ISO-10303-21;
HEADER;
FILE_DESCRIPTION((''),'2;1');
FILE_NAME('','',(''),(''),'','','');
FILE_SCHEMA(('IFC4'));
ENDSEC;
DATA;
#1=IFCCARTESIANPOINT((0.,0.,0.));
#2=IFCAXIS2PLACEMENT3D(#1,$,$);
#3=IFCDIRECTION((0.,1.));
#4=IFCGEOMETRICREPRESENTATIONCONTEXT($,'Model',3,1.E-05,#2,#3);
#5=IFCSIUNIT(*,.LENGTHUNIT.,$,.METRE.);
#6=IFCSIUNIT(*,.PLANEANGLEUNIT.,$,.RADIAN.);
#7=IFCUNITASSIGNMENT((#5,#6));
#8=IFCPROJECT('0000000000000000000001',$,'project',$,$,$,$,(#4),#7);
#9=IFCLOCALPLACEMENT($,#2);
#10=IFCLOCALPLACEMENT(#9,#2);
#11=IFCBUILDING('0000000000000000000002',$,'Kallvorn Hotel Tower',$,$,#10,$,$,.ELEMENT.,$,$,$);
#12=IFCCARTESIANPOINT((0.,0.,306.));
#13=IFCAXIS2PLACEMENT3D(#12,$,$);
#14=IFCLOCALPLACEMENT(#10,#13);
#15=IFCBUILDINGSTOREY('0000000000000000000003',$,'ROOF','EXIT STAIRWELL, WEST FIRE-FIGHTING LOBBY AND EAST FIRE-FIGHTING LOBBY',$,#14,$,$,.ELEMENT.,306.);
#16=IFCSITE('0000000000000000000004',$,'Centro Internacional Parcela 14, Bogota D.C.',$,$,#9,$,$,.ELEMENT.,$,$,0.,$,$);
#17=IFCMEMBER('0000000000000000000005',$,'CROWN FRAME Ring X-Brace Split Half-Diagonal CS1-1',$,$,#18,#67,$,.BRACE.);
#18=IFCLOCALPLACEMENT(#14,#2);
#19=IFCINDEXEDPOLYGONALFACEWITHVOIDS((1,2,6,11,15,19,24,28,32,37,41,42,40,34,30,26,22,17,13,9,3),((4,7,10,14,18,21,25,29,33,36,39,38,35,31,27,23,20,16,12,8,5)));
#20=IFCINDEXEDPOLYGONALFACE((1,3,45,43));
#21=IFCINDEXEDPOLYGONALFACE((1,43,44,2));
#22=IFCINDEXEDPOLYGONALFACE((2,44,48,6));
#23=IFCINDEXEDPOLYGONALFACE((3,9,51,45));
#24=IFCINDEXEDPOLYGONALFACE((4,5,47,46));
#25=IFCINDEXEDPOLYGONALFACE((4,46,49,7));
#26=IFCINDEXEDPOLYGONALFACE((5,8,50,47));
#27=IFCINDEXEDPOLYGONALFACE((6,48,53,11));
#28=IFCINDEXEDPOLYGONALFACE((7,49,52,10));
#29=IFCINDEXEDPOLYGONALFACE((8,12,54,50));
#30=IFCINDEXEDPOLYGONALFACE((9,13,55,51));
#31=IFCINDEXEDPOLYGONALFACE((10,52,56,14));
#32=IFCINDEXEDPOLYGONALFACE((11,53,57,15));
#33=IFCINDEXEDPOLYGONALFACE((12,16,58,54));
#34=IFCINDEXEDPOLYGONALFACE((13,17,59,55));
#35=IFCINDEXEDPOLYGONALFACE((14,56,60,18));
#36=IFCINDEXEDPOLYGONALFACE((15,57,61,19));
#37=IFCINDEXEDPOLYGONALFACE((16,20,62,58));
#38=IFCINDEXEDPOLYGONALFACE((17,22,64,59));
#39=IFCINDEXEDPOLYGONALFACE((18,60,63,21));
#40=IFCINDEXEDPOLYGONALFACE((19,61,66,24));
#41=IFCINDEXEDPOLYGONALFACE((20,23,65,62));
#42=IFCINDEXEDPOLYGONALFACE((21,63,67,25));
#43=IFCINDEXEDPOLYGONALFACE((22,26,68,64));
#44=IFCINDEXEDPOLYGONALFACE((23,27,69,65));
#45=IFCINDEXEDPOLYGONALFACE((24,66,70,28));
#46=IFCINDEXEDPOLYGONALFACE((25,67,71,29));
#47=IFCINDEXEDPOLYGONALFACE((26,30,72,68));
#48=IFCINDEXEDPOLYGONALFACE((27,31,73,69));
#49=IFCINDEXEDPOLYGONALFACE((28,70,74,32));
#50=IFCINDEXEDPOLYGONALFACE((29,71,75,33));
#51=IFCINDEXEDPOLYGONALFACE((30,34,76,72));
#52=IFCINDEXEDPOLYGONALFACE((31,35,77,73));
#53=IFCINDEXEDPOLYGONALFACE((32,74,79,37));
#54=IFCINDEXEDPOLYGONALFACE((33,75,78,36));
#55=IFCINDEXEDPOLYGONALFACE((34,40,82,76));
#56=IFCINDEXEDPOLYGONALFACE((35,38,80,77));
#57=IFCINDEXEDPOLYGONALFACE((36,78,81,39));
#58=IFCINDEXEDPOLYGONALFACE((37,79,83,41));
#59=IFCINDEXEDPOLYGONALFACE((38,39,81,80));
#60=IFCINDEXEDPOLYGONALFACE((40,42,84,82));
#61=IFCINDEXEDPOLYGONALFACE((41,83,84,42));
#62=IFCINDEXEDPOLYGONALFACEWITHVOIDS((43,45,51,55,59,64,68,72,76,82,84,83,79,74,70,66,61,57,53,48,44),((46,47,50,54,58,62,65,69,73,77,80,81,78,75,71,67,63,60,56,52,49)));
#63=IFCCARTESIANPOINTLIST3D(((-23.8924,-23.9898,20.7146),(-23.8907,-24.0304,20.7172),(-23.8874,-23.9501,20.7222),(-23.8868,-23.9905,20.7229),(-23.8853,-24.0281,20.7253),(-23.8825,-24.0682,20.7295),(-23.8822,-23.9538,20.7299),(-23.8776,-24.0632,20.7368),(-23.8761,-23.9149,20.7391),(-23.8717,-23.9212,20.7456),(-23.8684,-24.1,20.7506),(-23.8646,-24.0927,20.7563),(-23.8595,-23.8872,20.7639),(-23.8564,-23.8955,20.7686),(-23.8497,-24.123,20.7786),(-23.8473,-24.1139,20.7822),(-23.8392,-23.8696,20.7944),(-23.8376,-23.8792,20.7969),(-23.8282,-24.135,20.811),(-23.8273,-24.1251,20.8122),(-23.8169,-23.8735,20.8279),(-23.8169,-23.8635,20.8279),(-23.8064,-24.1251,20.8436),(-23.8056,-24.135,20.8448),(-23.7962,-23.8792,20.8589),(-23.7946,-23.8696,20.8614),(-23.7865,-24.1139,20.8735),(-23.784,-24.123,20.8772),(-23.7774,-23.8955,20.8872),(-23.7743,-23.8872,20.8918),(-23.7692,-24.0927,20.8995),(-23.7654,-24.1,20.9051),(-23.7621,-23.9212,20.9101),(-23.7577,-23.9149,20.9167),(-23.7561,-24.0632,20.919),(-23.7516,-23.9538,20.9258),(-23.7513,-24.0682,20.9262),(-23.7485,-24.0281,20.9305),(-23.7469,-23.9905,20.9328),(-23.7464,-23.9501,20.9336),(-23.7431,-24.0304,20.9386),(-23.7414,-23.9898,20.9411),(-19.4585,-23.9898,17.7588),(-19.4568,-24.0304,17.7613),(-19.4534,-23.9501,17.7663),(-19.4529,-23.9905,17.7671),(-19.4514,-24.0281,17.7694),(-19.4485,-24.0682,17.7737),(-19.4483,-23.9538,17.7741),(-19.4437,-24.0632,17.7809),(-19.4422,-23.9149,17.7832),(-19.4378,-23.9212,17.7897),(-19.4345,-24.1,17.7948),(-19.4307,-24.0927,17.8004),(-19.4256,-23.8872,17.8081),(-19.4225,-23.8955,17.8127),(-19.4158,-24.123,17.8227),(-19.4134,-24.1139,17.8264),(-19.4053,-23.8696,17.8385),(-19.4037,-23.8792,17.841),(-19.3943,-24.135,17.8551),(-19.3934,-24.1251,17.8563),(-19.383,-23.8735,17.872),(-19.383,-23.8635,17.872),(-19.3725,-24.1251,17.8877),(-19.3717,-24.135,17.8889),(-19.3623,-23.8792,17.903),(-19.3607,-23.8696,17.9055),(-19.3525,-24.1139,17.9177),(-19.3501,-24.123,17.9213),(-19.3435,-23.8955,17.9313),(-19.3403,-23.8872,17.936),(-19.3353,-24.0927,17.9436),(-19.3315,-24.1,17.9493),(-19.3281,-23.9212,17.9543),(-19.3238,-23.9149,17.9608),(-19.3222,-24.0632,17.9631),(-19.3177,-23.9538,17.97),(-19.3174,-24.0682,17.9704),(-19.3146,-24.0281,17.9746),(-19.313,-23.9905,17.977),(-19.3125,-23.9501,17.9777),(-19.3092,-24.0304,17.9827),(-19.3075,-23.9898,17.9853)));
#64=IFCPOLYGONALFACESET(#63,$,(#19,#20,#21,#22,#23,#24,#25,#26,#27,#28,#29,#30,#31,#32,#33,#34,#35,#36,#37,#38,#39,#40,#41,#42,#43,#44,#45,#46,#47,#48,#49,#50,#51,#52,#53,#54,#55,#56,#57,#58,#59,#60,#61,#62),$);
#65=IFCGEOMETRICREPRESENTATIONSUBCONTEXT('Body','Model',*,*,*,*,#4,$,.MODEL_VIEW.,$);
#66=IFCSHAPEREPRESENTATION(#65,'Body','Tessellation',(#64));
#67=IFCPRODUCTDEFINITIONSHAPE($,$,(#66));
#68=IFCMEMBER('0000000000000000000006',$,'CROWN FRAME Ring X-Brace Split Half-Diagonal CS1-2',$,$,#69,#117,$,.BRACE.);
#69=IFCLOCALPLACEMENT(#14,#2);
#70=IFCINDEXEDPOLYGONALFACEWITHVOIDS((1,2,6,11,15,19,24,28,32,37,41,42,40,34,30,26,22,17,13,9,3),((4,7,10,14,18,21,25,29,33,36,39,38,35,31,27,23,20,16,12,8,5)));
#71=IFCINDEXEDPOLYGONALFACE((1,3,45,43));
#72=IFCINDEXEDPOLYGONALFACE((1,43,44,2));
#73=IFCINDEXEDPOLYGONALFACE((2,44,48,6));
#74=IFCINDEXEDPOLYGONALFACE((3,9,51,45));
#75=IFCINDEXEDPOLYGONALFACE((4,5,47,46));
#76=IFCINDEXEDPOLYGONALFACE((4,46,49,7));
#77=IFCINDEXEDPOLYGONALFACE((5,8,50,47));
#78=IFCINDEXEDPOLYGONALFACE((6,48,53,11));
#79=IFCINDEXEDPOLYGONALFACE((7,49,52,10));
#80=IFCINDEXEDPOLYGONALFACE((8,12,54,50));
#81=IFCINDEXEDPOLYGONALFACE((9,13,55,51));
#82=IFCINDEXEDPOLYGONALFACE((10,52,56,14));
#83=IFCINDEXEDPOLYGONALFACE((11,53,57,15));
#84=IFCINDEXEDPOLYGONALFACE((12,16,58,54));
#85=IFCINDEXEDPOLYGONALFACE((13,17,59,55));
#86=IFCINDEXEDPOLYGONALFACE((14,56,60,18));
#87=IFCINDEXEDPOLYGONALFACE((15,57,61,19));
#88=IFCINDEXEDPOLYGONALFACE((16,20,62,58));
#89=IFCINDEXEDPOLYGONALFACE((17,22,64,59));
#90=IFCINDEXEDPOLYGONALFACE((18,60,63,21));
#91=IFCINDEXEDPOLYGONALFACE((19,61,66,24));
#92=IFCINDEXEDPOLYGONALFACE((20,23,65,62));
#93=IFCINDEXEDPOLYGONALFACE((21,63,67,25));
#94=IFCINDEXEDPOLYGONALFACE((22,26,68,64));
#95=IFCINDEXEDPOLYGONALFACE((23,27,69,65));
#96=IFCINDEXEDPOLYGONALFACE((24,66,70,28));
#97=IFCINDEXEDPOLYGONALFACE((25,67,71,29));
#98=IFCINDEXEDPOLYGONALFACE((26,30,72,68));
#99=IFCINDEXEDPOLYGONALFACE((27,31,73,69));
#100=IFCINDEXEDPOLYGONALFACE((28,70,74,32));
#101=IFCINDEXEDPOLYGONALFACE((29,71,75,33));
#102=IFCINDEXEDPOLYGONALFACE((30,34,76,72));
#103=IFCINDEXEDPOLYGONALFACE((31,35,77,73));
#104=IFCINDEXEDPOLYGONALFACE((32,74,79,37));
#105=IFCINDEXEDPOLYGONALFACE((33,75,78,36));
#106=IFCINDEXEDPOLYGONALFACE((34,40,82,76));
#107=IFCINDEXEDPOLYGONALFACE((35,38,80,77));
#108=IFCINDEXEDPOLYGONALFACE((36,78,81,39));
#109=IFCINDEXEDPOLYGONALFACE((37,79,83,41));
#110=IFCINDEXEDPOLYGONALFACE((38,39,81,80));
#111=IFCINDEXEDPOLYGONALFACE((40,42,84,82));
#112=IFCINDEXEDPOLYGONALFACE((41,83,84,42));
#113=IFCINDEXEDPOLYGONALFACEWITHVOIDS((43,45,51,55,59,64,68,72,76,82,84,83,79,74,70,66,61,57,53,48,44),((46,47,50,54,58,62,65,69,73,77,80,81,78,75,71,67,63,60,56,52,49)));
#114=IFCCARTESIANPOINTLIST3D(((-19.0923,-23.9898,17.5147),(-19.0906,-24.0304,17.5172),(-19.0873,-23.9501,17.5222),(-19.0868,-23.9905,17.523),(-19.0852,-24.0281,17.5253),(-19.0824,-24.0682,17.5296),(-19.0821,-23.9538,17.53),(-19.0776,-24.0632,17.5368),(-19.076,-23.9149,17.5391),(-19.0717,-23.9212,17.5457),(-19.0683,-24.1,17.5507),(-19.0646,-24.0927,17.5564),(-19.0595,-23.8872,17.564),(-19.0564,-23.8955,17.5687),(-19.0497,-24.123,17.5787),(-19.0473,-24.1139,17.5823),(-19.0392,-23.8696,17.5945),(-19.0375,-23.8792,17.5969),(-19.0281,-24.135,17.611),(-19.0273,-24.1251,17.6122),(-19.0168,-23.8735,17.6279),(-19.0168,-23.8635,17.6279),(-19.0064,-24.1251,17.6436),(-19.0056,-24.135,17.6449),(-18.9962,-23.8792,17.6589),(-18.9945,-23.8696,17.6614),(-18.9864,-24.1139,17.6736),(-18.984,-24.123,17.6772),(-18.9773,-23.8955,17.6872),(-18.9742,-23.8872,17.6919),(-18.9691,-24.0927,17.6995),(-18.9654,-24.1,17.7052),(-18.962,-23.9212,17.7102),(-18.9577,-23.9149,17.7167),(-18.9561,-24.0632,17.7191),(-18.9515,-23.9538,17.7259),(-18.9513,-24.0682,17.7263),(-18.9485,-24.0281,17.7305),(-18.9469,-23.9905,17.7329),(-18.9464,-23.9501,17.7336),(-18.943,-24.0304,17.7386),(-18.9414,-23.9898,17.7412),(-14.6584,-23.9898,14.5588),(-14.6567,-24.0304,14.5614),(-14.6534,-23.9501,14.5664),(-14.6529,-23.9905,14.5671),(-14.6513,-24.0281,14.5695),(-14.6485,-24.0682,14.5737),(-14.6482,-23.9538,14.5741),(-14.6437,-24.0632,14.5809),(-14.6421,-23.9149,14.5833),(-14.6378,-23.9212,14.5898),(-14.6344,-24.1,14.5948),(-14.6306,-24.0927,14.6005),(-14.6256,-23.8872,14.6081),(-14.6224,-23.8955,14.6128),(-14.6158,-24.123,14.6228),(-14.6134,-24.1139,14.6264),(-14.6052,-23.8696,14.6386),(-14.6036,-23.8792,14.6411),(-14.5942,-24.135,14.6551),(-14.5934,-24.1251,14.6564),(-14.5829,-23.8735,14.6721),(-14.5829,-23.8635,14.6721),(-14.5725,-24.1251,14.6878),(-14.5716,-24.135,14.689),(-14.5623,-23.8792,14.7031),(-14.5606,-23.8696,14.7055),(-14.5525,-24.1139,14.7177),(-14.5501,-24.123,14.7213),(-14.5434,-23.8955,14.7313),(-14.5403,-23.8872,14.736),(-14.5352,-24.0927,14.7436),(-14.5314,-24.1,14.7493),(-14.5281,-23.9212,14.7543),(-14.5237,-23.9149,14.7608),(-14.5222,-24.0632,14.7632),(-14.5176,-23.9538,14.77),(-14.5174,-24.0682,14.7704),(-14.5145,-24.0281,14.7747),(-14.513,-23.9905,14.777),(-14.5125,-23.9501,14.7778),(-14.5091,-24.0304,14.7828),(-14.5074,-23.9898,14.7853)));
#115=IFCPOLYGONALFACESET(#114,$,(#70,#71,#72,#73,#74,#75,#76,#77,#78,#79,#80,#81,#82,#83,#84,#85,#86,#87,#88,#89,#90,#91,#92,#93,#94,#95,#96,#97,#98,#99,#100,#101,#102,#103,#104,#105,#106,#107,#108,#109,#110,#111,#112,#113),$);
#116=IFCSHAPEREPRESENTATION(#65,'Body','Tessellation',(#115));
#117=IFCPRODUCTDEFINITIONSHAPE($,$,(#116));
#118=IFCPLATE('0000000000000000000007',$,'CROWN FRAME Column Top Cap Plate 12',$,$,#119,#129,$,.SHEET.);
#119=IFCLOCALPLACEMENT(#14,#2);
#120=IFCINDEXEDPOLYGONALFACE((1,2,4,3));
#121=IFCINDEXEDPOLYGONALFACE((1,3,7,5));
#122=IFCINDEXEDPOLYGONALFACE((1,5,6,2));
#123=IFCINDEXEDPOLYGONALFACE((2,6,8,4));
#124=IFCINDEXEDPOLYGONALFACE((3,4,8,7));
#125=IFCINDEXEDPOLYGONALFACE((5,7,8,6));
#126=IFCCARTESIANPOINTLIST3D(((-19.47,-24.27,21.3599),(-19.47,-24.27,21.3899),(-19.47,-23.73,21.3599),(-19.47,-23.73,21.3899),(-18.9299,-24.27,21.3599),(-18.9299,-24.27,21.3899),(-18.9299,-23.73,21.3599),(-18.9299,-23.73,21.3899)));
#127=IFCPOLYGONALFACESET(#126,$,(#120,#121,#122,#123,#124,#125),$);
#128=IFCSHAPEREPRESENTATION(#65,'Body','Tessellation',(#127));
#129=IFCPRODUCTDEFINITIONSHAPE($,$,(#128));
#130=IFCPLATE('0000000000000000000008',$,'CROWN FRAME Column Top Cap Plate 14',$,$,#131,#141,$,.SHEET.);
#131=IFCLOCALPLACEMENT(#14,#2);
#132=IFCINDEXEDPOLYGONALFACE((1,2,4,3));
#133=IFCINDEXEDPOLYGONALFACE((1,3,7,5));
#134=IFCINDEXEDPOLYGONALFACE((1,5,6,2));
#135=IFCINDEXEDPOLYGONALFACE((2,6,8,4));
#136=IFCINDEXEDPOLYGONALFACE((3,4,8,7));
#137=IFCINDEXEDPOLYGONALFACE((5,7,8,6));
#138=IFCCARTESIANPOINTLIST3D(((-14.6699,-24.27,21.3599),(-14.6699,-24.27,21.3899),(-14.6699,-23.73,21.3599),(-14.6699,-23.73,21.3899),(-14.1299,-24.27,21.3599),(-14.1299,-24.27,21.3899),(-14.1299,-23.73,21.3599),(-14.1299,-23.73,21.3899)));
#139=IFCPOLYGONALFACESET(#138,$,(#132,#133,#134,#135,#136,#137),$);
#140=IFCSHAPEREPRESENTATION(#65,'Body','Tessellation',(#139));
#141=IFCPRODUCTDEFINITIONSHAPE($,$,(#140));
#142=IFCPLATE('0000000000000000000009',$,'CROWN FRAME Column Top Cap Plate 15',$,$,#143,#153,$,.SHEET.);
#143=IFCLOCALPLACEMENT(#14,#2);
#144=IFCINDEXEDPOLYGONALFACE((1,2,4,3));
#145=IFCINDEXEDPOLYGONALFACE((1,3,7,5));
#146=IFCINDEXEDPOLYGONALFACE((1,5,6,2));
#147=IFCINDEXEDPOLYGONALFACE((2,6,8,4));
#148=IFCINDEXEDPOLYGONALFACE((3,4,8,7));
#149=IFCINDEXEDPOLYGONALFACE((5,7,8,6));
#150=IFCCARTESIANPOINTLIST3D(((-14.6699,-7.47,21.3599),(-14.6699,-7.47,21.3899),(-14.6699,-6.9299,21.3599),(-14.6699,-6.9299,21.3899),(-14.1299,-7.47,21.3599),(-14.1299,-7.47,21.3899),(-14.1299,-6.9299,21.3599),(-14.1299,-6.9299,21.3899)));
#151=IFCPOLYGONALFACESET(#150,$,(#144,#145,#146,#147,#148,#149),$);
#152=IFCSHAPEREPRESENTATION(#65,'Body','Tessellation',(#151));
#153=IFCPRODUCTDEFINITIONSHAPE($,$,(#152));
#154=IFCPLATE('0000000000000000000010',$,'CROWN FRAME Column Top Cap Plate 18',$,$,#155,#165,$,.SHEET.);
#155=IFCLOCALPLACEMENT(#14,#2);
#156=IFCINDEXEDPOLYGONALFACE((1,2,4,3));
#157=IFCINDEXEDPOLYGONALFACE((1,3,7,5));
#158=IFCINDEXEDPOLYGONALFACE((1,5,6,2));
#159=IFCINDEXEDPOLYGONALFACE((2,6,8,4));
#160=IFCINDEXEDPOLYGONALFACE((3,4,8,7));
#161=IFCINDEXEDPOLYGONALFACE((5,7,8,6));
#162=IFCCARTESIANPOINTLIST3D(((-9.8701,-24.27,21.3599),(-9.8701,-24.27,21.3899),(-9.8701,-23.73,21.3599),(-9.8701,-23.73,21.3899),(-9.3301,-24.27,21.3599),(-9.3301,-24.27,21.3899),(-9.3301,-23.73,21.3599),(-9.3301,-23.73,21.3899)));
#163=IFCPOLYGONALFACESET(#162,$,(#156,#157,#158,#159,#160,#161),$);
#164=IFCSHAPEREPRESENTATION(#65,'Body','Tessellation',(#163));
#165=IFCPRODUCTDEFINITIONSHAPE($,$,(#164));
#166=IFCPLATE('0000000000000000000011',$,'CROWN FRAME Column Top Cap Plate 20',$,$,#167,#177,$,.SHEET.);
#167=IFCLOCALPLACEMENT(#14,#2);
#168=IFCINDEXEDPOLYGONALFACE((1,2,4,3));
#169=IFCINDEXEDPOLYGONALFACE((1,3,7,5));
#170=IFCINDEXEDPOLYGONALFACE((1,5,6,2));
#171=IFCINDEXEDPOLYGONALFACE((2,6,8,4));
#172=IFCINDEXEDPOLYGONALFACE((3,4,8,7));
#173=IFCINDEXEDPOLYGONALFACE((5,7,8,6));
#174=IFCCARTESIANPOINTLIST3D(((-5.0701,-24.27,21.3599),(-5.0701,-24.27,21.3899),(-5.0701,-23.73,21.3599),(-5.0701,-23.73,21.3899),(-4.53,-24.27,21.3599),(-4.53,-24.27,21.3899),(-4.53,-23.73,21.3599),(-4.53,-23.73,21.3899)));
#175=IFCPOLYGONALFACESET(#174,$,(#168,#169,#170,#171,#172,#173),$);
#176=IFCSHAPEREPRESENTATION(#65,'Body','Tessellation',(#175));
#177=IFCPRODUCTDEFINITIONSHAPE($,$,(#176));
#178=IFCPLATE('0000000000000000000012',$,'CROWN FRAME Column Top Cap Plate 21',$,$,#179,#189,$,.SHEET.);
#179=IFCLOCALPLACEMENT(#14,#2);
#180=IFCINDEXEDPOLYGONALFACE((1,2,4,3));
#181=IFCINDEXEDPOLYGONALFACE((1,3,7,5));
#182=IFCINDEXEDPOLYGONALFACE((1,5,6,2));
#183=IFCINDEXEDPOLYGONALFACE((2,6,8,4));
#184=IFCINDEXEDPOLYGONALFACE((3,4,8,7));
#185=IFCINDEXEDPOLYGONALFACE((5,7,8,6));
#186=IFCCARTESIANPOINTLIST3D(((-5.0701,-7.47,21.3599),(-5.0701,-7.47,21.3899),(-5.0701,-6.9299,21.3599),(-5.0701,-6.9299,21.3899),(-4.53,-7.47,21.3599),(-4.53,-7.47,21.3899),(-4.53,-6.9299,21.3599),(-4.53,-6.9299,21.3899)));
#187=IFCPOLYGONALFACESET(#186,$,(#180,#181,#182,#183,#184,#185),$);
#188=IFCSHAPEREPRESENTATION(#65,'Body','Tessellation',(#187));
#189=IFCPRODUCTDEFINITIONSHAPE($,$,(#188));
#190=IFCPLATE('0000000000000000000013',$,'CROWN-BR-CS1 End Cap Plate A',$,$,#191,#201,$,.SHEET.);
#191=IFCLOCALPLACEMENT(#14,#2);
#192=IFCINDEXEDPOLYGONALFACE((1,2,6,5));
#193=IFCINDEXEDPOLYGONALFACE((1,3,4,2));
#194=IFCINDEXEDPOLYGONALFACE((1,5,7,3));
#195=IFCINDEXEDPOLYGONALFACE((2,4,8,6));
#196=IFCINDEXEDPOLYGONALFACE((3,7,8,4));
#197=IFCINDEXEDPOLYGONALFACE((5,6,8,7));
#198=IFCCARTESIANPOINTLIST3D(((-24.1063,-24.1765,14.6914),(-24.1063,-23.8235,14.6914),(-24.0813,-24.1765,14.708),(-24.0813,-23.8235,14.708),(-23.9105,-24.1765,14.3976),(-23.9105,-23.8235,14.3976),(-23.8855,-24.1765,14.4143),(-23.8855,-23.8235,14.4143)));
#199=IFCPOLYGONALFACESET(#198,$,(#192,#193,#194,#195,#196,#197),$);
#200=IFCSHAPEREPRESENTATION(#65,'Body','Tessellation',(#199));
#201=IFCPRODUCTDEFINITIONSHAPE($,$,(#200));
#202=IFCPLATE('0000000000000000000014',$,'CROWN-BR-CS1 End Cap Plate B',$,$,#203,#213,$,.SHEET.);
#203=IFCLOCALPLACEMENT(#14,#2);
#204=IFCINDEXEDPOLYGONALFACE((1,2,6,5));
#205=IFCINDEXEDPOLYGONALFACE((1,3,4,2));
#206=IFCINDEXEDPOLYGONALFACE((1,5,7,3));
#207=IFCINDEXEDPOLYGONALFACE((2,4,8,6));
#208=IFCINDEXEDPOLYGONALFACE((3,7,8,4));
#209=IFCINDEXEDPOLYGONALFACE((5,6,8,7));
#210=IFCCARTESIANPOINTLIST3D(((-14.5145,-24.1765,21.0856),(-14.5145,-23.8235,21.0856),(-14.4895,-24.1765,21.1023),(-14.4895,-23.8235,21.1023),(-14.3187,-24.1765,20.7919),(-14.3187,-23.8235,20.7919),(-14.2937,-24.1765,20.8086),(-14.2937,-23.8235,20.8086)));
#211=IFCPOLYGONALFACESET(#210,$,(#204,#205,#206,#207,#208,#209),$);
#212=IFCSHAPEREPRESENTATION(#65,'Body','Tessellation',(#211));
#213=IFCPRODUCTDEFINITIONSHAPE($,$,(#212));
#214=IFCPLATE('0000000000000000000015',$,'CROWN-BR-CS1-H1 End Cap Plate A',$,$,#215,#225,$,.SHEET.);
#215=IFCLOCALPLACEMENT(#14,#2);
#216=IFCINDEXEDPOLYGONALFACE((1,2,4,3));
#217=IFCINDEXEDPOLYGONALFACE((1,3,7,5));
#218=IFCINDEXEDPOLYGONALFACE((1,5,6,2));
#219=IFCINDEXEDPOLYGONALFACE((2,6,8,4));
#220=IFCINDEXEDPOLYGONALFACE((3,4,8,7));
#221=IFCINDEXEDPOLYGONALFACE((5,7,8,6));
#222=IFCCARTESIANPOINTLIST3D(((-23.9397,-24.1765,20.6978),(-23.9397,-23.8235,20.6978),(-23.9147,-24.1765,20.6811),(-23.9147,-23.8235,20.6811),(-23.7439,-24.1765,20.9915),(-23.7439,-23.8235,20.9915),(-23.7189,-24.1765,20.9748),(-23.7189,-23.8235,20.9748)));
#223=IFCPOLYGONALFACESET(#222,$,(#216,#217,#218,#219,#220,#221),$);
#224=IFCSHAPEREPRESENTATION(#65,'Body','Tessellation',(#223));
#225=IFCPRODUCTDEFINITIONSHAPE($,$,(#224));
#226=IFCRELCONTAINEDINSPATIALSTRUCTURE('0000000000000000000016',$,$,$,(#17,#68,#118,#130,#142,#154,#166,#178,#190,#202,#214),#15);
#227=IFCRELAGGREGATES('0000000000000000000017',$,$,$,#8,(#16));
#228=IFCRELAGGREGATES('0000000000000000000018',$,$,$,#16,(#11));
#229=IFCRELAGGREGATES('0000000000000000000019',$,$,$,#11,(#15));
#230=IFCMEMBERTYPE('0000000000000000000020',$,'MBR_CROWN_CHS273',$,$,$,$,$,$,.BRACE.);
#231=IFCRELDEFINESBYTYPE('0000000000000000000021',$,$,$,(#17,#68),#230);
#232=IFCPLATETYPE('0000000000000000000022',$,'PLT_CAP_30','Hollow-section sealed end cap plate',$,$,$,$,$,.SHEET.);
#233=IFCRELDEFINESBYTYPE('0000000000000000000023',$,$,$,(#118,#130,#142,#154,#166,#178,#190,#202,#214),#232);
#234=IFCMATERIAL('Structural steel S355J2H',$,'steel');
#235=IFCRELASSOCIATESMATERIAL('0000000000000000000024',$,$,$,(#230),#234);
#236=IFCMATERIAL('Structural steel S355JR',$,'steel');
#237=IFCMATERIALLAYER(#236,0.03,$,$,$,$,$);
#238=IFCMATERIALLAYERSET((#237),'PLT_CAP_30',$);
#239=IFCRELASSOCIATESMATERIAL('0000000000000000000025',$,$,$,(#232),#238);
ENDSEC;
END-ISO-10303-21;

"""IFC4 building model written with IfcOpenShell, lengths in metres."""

from ifc_helpers import new_model, si_unit, direction, frame, origin, origin_2d, place, context, subcontext, project, spatial, polyline, rectangle, hollow_circle, outline, extrude, material, layer, layer_set, material_profile, profile_set, type_object, element, save


model = new_model("IFC4")

# Units and contexts
model_context = context("Model", 3, precision=1e-05, world=origin(), true_north=direction((0.0, 1.0)))
body_context = subcontext(model_context, "Body", "Model", "MODEL_VIEW")
ifc_project = project(units=[si_unit("LENGTHUNIT", "METRE"), si_unit("PLANEANGLEUNIT", "RADIAN")], contexts=[model_context])

# Site, building, storey
site_placement = place(None, origin())
site = spatial("IfcSite", under=ifc_project, at=site_placement, Name="Centro Internacional Parcela 14, Bogota D.C.", CompositionType="ELEMENT", RefElevation=0.0)
building_placement = place(site_placement, origin())
building = spatial("IfcBuilding", under=site, at=building_placement, Name="Kallvorn Hotel Tower", CompositionType="ELEMENT")
storey_placement = place(building_placement, frame((0.0, 0.0, 306.0)))
storey = spatial("IfcBuildingStorey", under=building, at=storey_placement, Name="ROOF", Description="EXIT STAIRWELL, WEST FIRE-FIGHTING LOBBY AND EAST FIRE-FIGHTING LOBBY", CompositionType="ELEMENT", Elevation=306.0)

# Members
ifc_material_1 = material(Name="Structural steel S355J2H", Category="steel")
ifc_material_profile_1 = material_profile(ifc_material_1, hollow_circle(Radius=0.1365, WallThickness=0.01, at=origin_2d()), Name="CHS 273x10")
ifc_profile_set_1 = profile_set([ifc_material_profile_1], Name="Structural steel S355J2H")
member_type_1 = type_object("IfcMemberType", Name="MBR_CROWN_CHS273", PredefinedType="BRACE", material=ifc_profile_set_1)
for number, where, z_axis, x_axis, name in (
    (1, (-23.8169, -24.0, 20.8279), (0.832057, 0.0, -0.55469), (0.0, 1.0, 0.0), "CROWN FRAME Ring X-Brace Split Half-Diagonal CS1-1"),
    (2, (-19.0168, -24.0, 17.6279), (0.832057, 0.0, -0.55469), (0.0, 1.0, 0.0), "CROWN FRAME Ring X-Brace Split Half-Diagonal CS1-2"),
):
    element("IfcMember", number, at=place(storey_placement, frame(where, z_axis=z_axis, x_axis=x_axis)), inside=storey, type_object=member_type_1, Name=name, PredefinedType="BRACE", context=body_context, shape_type="SweptSolid", body=[
        extrude(hollow_circle(Radius=0.1365, WallThickness=0.01, at=origin_2d()), origin(), (0.0, 0.0, 1.0), 5.3289),
    ])

# Plates
ifc_material_2 = material(Name="Structural steel S355JR", Category="steel")
ifc_layer_1 = layer(ifc_material_2, 0.03)
ifc_layer_set_1 = layer_set([ifc_layer_1], Name="PLT_CAP_30")
plate_type_1 = type_object("IfcPlateType", Name="PLT_CAP_30", Description="Hollow-section sealed end cap plate", PredefinedType="SHEET", material=ifc_layer_set_1)
for number, where, z_axis, x_axis, name in (
    (3, (-19.2, -24.0, 21.3599), (0.0, 0.0, 1.0), (1.0, 0.0, 0.0), "CROWN FRAME Column Top Cap Plate 12"),
    (4, (-14.3999, -24.0, 21.3599), (0.0, 0.0, 1.0), (1.0, 0.0, 0.0), "CROWN FRAME Column Top Cap Plate 14"),
    (5, (-14.3999, -7.2, 21.3599), (0.0, 0.0, 1.0), (1.0, 0.0, 0.0), "CROWN FRAME Column Top Cap Plate 15"),
    (6, (-9.6001, -24.0, 21.3599), (0.0, 0.0, 1.0), (1.0, 0.0, 0.0), "CROWN FRAME Column Top Cap Plate 18"),
    (7, (-4.8, -24.0, 21.3599), (0.0, 0.0, 1.0), (1.0, 0.0, 0.0), "CROWN FRAME Column Top Cap Plate 20"),
    (8, (-4.8, -7.2, 21.3599), (0.0, 0.0, 1.0), (1.0, 0.0, 0.0), "CROWN FRAME Column Top Cap Plate 21"),
):
    element("IfcPlate", number, at=place(storey_placement, frame(where, z_axis=z_axis, x_axis=x_axis)), inside=storey, type_object=plate_type_1, Name=name, PredefinedType="SHEET", context=body_context, shape_type="SweptSolid", body=[
        extrude(rectangle(XDim=0.54, YDim=0.54, at=origin_2d()), origin(), (0.0, 0.0, 1.0), 0.03),
    ])
for number, where, z_axis, x_axis, name in (
    (9, (-23.8855, -24.1765, 14.4143), (0.83205, 0.0, 0.5547), (0.0, 1.0, 0.0), "CROWN-BR-CS1 End Cap Plate A"),
    (10, (-14.2937, -24.1765, 20.8086), (0.83205, 0.0, 0.5547), (0.0, 1.0, 0.0), "CROWN-BR-CS1 End Cap Plate B"),
    (11, (-23.9397, -23.8235, 20.6978), (-0.83205, 0.0, 0.5547), (0.0, -1.0, 0.0), "CROWN-BR-CS1-H1 End Cap Plate A"),
):
    element("IfcPlate", number, at=place(storey_placement, frame(where, z_axis=z_axis, x_axis=x_axis)), inside=storey, type_object=plate_type_1, Name=name, PredefinedType="SHEET", context=body_context, shape_type="SweptSolid", body=[
        extrude(outline(polyline([(0.0, 0.0), (0.353, 0.0), (0.353, 0.353), (0.0, 0.353), (0.0, 0.0)])), origin(), (0.0, 0.0, -1.0), 0.03),
    ])

save(model, "model.ifc")
